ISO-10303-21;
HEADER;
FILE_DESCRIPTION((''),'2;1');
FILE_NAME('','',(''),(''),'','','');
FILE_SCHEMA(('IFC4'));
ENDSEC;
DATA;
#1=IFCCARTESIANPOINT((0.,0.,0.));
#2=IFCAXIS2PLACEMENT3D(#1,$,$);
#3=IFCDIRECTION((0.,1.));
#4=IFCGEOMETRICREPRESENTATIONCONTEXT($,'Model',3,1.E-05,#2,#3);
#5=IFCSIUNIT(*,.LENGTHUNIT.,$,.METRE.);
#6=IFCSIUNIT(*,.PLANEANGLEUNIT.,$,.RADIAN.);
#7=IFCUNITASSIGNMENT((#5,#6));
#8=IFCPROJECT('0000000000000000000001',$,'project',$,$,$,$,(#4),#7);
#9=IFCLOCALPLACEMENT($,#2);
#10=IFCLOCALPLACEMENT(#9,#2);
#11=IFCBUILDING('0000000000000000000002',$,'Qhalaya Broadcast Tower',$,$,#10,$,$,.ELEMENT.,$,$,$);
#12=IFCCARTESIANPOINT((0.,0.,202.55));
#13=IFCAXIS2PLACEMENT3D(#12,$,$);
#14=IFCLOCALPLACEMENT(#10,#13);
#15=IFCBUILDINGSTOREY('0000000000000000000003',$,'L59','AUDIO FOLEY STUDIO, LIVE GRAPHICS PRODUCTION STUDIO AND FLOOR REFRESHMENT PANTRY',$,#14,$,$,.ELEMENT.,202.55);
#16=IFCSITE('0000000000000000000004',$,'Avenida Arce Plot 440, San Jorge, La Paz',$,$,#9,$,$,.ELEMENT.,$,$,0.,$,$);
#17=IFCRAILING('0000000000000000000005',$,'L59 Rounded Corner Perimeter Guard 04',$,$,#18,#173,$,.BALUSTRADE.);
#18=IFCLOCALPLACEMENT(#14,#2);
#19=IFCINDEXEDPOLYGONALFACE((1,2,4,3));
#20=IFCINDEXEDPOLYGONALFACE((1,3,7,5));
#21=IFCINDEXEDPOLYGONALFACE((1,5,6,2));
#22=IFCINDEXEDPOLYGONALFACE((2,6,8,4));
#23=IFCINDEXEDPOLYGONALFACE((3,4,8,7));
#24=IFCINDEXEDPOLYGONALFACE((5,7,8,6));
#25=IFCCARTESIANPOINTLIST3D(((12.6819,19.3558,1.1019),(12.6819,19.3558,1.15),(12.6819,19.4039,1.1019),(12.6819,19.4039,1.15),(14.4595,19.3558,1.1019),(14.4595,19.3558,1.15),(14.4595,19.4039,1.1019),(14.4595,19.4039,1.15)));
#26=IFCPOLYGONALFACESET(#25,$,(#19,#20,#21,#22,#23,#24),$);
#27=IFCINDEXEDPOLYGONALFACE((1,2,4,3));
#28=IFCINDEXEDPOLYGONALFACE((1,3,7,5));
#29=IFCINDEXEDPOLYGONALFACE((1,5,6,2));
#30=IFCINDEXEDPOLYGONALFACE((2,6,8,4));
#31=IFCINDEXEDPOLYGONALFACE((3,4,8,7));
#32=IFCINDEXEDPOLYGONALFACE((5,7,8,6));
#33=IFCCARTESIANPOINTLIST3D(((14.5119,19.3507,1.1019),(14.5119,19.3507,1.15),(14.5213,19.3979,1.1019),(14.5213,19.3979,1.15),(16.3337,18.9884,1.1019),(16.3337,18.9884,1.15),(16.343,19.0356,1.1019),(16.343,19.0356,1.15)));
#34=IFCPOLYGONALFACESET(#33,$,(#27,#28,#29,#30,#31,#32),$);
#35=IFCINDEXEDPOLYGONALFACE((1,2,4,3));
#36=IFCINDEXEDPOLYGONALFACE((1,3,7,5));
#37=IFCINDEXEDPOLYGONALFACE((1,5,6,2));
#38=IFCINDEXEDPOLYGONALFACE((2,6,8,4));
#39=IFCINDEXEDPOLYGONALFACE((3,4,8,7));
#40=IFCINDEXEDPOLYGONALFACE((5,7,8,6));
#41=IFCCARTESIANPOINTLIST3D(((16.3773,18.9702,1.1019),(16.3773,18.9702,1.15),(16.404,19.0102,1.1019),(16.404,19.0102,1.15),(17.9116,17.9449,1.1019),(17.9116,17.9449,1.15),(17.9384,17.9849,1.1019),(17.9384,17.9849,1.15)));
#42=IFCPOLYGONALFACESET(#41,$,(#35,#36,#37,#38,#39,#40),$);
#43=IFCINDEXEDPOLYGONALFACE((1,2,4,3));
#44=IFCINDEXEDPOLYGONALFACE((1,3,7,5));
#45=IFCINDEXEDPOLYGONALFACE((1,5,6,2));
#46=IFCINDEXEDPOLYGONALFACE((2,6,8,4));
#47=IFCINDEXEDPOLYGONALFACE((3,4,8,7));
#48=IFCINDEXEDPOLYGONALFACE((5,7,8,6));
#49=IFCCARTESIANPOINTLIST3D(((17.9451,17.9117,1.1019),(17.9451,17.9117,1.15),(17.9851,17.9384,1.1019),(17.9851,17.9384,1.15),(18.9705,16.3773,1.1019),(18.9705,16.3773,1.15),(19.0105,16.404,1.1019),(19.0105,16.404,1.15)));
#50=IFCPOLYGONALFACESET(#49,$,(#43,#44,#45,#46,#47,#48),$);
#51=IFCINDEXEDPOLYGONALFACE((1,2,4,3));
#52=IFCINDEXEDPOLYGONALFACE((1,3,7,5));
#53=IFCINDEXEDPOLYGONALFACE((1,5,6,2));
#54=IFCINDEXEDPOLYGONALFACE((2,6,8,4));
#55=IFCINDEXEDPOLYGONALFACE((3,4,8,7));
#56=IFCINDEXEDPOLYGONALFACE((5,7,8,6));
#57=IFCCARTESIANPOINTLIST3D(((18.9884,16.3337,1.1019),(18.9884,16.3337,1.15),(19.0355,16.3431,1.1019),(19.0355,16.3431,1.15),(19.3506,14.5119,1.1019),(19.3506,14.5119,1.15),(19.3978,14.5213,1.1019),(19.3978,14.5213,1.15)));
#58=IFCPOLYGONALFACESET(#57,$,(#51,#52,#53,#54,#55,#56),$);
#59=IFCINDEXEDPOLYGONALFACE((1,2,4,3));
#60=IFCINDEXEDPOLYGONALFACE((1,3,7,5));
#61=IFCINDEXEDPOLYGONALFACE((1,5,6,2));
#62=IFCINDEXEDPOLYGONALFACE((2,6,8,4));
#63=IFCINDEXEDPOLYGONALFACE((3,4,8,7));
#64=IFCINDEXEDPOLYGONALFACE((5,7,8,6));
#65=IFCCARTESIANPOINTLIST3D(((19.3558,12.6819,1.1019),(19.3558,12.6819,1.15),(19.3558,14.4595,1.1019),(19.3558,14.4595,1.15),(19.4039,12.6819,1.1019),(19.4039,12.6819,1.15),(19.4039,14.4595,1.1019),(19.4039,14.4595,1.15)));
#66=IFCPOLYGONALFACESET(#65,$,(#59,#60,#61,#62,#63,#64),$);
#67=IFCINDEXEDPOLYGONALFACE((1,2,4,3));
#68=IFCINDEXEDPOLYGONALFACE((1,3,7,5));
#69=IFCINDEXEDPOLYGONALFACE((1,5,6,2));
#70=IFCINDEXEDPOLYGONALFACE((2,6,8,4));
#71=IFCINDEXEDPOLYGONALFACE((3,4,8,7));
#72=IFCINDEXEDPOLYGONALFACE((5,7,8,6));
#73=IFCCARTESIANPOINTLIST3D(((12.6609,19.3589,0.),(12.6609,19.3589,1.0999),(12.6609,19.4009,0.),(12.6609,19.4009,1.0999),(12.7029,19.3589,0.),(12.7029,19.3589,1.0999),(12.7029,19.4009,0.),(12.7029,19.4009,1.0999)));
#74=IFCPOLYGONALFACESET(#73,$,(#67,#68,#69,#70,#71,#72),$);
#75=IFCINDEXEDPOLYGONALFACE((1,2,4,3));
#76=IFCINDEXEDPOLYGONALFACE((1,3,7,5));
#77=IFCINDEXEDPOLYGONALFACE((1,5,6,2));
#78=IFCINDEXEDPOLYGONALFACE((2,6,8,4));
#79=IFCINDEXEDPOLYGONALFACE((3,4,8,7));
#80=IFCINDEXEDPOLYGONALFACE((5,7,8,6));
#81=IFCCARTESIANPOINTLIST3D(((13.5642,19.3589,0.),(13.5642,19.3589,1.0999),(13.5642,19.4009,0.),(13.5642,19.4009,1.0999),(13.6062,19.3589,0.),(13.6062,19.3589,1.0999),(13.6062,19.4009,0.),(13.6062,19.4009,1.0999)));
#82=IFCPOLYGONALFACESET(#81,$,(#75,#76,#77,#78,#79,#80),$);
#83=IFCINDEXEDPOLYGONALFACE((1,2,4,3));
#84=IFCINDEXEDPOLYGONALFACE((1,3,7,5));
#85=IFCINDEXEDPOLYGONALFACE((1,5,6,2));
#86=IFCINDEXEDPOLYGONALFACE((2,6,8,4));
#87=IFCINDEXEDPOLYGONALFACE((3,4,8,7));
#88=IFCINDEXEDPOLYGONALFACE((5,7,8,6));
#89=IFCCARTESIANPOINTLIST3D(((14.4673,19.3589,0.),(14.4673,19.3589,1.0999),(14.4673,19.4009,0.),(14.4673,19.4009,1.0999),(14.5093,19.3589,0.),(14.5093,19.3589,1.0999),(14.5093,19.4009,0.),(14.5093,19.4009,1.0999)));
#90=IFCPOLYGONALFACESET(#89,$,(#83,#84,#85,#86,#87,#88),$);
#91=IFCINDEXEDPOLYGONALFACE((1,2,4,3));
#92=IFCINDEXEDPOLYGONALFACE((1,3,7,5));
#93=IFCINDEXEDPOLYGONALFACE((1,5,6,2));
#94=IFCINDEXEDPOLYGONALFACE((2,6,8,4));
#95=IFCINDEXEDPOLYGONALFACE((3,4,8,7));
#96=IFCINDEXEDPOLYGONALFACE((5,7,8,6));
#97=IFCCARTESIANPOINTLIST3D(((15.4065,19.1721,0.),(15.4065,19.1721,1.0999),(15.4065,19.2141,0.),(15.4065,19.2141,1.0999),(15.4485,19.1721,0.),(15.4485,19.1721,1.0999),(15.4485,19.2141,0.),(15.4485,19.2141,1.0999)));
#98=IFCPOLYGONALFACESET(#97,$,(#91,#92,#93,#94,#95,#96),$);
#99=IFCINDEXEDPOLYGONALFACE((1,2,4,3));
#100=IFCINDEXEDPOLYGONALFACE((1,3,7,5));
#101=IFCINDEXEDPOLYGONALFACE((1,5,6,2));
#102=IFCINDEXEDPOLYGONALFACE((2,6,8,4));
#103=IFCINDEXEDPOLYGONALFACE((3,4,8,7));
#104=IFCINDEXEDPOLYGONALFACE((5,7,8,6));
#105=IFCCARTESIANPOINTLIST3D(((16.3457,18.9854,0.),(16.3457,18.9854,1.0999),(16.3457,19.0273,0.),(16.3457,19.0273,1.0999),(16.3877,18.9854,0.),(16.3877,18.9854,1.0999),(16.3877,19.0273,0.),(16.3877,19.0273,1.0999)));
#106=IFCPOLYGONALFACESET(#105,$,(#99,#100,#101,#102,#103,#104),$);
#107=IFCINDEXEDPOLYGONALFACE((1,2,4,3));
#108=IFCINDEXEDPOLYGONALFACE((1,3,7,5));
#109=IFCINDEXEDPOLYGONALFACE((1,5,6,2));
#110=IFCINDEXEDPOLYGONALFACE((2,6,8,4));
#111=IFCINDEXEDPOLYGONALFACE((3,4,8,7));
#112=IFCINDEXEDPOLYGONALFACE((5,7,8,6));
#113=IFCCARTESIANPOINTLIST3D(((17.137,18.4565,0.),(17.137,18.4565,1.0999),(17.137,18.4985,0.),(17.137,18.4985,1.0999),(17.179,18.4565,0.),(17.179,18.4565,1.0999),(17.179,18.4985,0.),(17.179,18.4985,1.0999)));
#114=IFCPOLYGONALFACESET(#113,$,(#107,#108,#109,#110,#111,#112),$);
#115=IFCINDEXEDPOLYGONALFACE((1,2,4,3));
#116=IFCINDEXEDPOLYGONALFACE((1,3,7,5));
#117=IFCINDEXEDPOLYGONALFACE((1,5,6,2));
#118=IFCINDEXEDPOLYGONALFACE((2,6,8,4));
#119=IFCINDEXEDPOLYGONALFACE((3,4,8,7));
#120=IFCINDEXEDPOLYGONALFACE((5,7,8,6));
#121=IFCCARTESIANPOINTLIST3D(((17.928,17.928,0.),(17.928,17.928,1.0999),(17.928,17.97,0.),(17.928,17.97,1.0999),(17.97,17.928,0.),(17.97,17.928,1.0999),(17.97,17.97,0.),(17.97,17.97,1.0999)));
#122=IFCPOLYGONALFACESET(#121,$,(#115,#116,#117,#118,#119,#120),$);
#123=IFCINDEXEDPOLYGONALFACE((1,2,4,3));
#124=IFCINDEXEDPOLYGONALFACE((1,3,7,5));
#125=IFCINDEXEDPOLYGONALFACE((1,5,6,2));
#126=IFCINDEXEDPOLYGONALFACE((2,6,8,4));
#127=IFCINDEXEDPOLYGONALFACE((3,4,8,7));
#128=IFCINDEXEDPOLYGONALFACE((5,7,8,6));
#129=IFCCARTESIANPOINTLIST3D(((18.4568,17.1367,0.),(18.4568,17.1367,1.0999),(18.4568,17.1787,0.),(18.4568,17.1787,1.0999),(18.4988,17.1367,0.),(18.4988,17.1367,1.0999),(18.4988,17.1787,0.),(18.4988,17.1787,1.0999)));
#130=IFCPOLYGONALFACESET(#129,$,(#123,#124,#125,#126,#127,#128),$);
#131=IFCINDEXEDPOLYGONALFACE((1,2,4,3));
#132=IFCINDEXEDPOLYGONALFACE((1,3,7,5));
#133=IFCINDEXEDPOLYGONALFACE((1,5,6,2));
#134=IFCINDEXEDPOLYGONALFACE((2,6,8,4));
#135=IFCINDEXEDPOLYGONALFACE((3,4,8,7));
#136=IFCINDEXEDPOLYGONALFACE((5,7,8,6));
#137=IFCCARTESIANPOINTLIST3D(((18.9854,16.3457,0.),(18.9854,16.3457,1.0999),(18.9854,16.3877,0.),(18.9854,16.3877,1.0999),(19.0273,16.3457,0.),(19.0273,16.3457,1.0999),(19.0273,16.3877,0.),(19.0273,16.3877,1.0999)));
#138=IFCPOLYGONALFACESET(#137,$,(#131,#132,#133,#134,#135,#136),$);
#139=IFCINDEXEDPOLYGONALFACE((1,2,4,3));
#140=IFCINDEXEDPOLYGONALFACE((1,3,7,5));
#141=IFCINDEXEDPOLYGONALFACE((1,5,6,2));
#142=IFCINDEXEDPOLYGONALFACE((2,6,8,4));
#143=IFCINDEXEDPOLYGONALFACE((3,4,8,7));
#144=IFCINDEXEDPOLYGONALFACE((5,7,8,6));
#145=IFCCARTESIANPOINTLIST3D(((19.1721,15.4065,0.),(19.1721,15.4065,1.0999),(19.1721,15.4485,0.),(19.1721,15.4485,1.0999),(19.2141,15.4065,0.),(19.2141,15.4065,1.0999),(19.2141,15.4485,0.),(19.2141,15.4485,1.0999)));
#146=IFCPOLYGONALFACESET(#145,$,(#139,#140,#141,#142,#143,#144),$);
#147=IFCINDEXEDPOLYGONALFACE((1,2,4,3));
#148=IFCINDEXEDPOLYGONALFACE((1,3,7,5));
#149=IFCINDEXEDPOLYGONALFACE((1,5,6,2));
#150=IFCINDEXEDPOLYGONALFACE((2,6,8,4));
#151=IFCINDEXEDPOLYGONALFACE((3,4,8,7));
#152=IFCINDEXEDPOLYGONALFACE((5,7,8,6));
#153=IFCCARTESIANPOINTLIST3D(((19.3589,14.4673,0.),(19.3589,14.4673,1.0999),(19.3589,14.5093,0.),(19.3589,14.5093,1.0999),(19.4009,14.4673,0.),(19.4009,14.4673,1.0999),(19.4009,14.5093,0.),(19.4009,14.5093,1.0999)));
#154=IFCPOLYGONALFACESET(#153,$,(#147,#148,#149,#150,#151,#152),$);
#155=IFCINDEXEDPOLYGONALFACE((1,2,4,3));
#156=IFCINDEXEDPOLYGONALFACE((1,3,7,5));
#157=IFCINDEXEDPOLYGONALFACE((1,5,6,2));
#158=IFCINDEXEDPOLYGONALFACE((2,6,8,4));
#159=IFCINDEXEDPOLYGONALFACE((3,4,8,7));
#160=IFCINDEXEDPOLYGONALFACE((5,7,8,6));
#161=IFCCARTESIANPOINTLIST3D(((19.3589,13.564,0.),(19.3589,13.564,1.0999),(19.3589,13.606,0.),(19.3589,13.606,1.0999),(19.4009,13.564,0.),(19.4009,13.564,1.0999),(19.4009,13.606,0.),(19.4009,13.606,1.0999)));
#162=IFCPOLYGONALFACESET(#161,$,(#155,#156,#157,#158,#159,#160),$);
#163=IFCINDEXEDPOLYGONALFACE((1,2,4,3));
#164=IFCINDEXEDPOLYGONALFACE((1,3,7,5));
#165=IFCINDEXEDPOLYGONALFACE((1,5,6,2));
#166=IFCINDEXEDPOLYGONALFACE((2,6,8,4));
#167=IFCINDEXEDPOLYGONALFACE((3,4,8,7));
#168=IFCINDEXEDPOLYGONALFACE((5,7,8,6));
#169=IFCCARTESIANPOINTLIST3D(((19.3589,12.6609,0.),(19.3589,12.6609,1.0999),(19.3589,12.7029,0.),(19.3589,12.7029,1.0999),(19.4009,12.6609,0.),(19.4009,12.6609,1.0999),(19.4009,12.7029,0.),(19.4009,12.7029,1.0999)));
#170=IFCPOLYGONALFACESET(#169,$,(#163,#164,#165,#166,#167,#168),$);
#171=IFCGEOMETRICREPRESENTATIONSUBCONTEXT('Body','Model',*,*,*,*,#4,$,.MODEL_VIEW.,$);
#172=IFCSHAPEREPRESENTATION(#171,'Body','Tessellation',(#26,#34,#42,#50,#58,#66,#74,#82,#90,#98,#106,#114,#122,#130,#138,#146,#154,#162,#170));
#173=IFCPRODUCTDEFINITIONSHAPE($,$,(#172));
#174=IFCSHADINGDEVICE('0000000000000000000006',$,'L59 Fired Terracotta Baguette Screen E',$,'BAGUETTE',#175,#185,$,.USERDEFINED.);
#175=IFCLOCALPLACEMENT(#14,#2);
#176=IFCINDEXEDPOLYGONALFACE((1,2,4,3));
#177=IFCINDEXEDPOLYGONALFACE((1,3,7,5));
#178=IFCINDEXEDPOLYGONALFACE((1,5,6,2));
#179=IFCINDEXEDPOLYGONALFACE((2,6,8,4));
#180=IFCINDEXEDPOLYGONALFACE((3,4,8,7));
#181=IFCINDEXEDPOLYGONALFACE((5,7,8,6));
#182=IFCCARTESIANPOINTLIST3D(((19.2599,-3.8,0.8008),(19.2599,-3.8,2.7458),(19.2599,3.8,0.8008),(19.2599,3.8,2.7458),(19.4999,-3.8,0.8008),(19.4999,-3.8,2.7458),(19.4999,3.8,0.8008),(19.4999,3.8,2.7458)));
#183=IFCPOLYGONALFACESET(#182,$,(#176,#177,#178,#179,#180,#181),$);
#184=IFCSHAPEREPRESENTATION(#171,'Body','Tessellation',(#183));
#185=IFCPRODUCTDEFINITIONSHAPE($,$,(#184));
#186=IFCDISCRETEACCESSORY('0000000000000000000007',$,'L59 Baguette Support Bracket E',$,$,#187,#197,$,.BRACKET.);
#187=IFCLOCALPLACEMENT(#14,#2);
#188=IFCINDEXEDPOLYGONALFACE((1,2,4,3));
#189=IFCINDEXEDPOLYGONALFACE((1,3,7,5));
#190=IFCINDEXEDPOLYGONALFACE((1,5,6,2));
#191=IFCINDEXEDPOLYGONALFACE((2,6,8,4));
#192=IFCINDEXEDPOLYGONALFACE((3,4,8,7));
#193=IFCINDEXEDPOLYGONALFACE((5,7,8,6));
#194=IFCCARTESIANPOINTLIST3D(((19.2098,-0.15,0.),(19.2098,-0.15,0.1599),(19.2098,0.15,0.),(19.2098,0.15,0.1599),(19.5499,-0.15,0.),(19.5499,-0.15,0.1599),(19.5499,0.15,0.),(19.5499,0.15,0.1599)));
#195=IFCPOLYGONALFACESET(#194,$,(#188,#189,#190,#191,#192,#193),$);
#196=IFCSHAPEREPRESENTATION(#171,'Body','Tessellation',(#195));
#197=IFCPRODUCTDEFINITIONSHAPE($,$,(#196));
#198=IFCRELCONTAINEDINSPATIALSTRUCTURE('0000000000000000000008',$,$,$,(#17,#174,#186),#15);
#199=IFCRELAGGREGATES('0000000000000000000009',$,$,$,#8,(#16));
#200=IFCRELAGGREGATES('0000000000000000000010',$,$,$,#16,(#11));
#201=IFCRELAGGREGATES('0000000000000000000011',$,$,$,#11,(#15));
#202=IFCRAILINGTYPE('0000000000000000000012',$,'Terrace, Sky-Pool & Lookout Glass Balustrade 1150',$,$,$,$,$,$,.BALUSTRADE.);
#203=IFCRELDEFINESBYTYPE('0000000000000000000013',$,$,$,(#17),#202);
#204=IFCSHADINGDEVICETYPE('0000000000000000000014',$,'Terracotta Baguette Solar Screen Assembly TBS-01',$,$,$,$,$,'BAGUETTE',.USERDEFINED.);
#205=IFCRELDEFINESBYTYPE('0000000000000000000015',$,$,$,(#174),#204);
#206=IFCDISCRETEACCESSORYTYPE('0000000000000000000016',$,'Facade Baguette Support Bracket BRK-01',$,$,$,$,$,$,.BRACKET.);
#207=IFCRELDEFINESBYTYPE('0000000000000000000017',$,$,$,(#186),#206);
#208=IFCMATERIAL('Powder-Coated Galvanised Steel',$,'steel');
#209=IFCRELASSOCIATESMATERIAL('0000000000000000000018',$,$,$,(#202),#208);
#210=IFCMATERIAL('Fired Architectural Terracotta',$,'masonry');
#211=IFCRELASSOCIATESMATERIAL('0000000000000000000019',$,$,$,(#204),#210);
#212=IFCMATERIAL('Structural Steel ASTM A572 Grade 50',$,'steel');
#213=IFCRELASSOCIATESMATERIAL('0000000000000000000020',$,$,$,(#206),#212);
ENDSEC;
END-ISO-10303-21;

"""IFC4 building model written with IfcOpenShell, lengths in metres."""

from ifc_helpers import new_model, si_unit, direction, frame, origin, origin_2d, place, context, subcontext, project, spatial, rectangle, extrude, material, type_object, element, save


model = new_model("IFC4")

# Units and contexts
model_context = context("Model", 3, precision=1e-05, world=origin(), true_north=direction((0.0, 1.0)))
body_context = subcontext(model_context, "Body", "Model", "MODEL_VIEW")
ifc_project = project(units=[si_unit("LENGTHUNIT", "METRE"), si_unit("PLANEANGLEUNIT", "RADIAN")], contexts=[model_context])

# Site, building, storey
site_placement = place(None, origin())
site = spatial("IfcSite", under=ifc_project, at=site_placement, Name="Avenida Arce Plot 440, San Jorge, La Paz", CompositionType="ELEMENT", RefElevation=0.0)
building_placement = place(site_placement, origin())
building = spatial("IfcBuilding", under=site, at=building_placement, Name="Qhalaya Broadcast Tower", CompositionType="ELEMENT")
storey_placement = place(building_placement, frame((0.0, 0.0, 202.55)))
storey = spatial("IfcBuildingStorey", under=building, at=storey_placement, Name="L59", Description="AUDIO FOLEY STUDIO, LIVE GRAPHICS PRODUCTION STUDIO AND FLOOR REFRESHMENT PANTRY", CompositionType="ELEMENT", Elevation=202.55)

# Shared definitions
ifc_material_1 = material(Name="Structural Steel ASTM A572 Grade 50", Category="steel")

# Railing
ifc_material_2 = material(Name="Powder-Coated Galvanised Steel", Category="steel")
railing_type = type_object("IfcRailingType", Name="Terrace, Sky-Pool & Lookout Glass Balustrade 1150", PredefinedType="BALUSTRADE", material=ifc_material_2)
railing_placement = place(storey_placement, frame((12.6819, 19.3799, 0.0)))
element("IfcRailing", 1, at=railing_placement, inside=storey, type_object=railing_type, Name="L59 Rounded Corner Perimeter Guard 04", PredefinedType="BALUSTRADE", context=body_context, shape_type="SweptSolid", body=[
    extrude(rectangle(XDim=0.0481, YDim=0.0481, at=origin_2d()), frame((0.0, 0.0, 1.126), z_axis=(1.0, 0.0, 0.0), x_axis=(0.0, 1.0, 0.0)), (0.0, 0.0, 1.0), 1.7776),
    extrude(rectangle(XDim=0.0481, YDim=0.0481, at=origin_2d()), frame((1.8347, -0.0056, 1.126), z_axis=(0.980796, -0.195037, 0.0), x_axis=(0.195037, 0.980796, 0.0)), (0.0, 0.0, 1.0), 1.8574),
    extrude(rectangle(XDim=0.0481, YDim=0.0481, at=origin_2d()), frame((3.7087, -0.3896, 1.126), z_axis=(0.831438, -0.555618, 0.0), x_axis=(0.555618, 0.831438, 0.0)), (0.0, 0.0, 1.0), 1.8455),
    extrude(rectangle(XDim=0.0481, YDim=0.0481, at=origin_2d()), frame((5.2832, -1.4548, 1.126), z_axis=(0.555618, -0.831438, 0.0), x_axis=(0.831438, 0.555618, 0.0)), (0.0, 0.0, 1.0), 1.8455),
    extrude(rectangle(XDim=0.0481, YDim=0.0481, at=origin_2d()), frame((6.3301, -3.0415, 1.126), z_axis=(0.195037, -0.980796, 0.0), x_axis=(0.980796, 0.195037, 0.0)), (0.0, 0.0, 1.0), 1.8574),
    extrude(rectangle(XDim=0.0481, YDim=0.0481, at=origin_2d()), frame((6.698, -4.9204, 1.126), z_axis=(0.0, -1.0, 0.0), x_axis=(1.0, 0.0, 0.0)), (0.0, 0.0, 1.0), 1.7776),
    extrude(rectangle(XDim=0.042, YDim=0.042, at=origin_2d()), origin(), (0.0, 0.0, 1.0), 1.0999),
    extrude(rectangle(XDim=0.042, YDim=0.042, at=origin_2d()), frame((0.9033, 0.0, 0.0)), (0.0, 0.0, 1.0), 1.0999),
    extrude(rectangle(XDim=0.042, YDim=0.042, at=origin_2d()), frame((1.8064, 0.0, 0.0)), (0.0, 0.0, 1.0), 1.0999),
    extrude(rectangle(XDim=0.042, YDim=0.042, at=origin_2d()), frame((2.7456, -0.1868, 0.0)), (0.0, 0.0, 1.0), 1.0999),
    extrude(rectangle(XDim=0.042, YDim=0.042, at=origin_2d()), frame((3.6848, -0.3735, 0.0)), (0.0, 0.0, 1.0), 1.0999),
    extrude(rectangle(XDim=0.042, YDim=0.042, at=origin_2d()), frame((4.4761, -0.9023, 0.0)), (0.0, 0.0, 1.0), 1.0999),
    extrude(rectangle(XDim=0.042, YDim=0.042, at=origin_2d()), frame((5.2671, -1.4309, 0.0)), (0.0, 0.0, 1.0), 1.0999),
    extrude(rectangle(XDim=0.042, YDim=0.042, at=origin_2d()), frame((5.7959, -2.2222, 0.0)), (0.0, 0.0, 1.0), 1.0999),
    extrude(rectangle(XDim=0.042, YDim=0.042, at=origin_2d()), frame((6.3245, -3.0132, 0.0)), (0.0, 0.0, 1.0), 1.0999),
    extrude(rectangle(XDim=0.042, YDim=0.042, at=origin_2d()), frame((6.5112, -3.9524, 0.0)), (0.0, 0.0, 1.0), 1.0999),
    extrude(rectangle(XDim=0.042, YDim=0.042, at=origin_2d()), frame((6.698, -4.8916, 0.0)), (0.0, 0.0, 1.0), 1.0999),
    extrude(rectangle(XDim=0.042, YDim=0.042, at=origin_2d()), frame((6.698, -5.7949, 0.0)), (0.0, 0.0, 1.0), 1.0999),
    extrude(rectangle(XDim=0.042, YDim=0.042, at=origin_2d()), frame((6.698, -6.698, 0.0)), (0.0, 0.0, 1.0), 1.0999),
])

# Shading device
ifc_material_3 = material(Name="Fired Architectural Terracotta", Category="masonry")
shading_device_type = type_object("IfcShadingDeviceType", Name="Terracotta Baguette Solar Screen Assembly TBS-01", ElementType="BAGUETTE", PredefinedType="USERDEFINED", material=ifc_material_3)
shading_device_placement = place(storey_placement, frame((19.3799, 0.0, 0.8008), z_axis=(0.0, 0.0, 1.0), x_axis=(0.0, 1.0, 0.0)))
element("IfcShadingDevice", 2, at=shading_device_placement, inside=storey, type_object=shading_device_type, Name="L59 Fired Terracotta Baguette Screen E", ObjectType="BAGUETTE", PredefinedType="USERDEFINED", context=body_context, shape_type="SweptSolid", body=[
    extrude(rectangle(XDim=7.6001, YDim=0.24, at=origin_2d()), origin(), (0.0, 0.0, 1.0), 1.9451),
])

# Discrete accessory
discrete_accessory_type = type_object("IfcDiscreteAccessoryType", Name="Facade Baguette Support Bracket BRK-01", PredefinedType="BRACKET", material=ifc_material_1)
discrete_accessory_placement = place(storey_placement, frame((19.3799, 0.0, 0.0), z_axis=(0.0, 0.0, 1.0), x_axis=(0.0, 1.0, 0.0)))
element("IfcDiscreteAccessory", 3, at=discrete_accessory_placement, inside=storey, type_object=discrete_accessory_type, Name="L59 Baguette Support Bracket E", PredefinedType="BRACKET", context=body_context, shape_type="SweptSolid", body=[
    extrude(rectangle(XDim=0.3, YDim=0.3401, at=origin_2d()), origin(), (0.0, 0.0, 1.0), 0.1599),
])

save(model, "model.ifc")
